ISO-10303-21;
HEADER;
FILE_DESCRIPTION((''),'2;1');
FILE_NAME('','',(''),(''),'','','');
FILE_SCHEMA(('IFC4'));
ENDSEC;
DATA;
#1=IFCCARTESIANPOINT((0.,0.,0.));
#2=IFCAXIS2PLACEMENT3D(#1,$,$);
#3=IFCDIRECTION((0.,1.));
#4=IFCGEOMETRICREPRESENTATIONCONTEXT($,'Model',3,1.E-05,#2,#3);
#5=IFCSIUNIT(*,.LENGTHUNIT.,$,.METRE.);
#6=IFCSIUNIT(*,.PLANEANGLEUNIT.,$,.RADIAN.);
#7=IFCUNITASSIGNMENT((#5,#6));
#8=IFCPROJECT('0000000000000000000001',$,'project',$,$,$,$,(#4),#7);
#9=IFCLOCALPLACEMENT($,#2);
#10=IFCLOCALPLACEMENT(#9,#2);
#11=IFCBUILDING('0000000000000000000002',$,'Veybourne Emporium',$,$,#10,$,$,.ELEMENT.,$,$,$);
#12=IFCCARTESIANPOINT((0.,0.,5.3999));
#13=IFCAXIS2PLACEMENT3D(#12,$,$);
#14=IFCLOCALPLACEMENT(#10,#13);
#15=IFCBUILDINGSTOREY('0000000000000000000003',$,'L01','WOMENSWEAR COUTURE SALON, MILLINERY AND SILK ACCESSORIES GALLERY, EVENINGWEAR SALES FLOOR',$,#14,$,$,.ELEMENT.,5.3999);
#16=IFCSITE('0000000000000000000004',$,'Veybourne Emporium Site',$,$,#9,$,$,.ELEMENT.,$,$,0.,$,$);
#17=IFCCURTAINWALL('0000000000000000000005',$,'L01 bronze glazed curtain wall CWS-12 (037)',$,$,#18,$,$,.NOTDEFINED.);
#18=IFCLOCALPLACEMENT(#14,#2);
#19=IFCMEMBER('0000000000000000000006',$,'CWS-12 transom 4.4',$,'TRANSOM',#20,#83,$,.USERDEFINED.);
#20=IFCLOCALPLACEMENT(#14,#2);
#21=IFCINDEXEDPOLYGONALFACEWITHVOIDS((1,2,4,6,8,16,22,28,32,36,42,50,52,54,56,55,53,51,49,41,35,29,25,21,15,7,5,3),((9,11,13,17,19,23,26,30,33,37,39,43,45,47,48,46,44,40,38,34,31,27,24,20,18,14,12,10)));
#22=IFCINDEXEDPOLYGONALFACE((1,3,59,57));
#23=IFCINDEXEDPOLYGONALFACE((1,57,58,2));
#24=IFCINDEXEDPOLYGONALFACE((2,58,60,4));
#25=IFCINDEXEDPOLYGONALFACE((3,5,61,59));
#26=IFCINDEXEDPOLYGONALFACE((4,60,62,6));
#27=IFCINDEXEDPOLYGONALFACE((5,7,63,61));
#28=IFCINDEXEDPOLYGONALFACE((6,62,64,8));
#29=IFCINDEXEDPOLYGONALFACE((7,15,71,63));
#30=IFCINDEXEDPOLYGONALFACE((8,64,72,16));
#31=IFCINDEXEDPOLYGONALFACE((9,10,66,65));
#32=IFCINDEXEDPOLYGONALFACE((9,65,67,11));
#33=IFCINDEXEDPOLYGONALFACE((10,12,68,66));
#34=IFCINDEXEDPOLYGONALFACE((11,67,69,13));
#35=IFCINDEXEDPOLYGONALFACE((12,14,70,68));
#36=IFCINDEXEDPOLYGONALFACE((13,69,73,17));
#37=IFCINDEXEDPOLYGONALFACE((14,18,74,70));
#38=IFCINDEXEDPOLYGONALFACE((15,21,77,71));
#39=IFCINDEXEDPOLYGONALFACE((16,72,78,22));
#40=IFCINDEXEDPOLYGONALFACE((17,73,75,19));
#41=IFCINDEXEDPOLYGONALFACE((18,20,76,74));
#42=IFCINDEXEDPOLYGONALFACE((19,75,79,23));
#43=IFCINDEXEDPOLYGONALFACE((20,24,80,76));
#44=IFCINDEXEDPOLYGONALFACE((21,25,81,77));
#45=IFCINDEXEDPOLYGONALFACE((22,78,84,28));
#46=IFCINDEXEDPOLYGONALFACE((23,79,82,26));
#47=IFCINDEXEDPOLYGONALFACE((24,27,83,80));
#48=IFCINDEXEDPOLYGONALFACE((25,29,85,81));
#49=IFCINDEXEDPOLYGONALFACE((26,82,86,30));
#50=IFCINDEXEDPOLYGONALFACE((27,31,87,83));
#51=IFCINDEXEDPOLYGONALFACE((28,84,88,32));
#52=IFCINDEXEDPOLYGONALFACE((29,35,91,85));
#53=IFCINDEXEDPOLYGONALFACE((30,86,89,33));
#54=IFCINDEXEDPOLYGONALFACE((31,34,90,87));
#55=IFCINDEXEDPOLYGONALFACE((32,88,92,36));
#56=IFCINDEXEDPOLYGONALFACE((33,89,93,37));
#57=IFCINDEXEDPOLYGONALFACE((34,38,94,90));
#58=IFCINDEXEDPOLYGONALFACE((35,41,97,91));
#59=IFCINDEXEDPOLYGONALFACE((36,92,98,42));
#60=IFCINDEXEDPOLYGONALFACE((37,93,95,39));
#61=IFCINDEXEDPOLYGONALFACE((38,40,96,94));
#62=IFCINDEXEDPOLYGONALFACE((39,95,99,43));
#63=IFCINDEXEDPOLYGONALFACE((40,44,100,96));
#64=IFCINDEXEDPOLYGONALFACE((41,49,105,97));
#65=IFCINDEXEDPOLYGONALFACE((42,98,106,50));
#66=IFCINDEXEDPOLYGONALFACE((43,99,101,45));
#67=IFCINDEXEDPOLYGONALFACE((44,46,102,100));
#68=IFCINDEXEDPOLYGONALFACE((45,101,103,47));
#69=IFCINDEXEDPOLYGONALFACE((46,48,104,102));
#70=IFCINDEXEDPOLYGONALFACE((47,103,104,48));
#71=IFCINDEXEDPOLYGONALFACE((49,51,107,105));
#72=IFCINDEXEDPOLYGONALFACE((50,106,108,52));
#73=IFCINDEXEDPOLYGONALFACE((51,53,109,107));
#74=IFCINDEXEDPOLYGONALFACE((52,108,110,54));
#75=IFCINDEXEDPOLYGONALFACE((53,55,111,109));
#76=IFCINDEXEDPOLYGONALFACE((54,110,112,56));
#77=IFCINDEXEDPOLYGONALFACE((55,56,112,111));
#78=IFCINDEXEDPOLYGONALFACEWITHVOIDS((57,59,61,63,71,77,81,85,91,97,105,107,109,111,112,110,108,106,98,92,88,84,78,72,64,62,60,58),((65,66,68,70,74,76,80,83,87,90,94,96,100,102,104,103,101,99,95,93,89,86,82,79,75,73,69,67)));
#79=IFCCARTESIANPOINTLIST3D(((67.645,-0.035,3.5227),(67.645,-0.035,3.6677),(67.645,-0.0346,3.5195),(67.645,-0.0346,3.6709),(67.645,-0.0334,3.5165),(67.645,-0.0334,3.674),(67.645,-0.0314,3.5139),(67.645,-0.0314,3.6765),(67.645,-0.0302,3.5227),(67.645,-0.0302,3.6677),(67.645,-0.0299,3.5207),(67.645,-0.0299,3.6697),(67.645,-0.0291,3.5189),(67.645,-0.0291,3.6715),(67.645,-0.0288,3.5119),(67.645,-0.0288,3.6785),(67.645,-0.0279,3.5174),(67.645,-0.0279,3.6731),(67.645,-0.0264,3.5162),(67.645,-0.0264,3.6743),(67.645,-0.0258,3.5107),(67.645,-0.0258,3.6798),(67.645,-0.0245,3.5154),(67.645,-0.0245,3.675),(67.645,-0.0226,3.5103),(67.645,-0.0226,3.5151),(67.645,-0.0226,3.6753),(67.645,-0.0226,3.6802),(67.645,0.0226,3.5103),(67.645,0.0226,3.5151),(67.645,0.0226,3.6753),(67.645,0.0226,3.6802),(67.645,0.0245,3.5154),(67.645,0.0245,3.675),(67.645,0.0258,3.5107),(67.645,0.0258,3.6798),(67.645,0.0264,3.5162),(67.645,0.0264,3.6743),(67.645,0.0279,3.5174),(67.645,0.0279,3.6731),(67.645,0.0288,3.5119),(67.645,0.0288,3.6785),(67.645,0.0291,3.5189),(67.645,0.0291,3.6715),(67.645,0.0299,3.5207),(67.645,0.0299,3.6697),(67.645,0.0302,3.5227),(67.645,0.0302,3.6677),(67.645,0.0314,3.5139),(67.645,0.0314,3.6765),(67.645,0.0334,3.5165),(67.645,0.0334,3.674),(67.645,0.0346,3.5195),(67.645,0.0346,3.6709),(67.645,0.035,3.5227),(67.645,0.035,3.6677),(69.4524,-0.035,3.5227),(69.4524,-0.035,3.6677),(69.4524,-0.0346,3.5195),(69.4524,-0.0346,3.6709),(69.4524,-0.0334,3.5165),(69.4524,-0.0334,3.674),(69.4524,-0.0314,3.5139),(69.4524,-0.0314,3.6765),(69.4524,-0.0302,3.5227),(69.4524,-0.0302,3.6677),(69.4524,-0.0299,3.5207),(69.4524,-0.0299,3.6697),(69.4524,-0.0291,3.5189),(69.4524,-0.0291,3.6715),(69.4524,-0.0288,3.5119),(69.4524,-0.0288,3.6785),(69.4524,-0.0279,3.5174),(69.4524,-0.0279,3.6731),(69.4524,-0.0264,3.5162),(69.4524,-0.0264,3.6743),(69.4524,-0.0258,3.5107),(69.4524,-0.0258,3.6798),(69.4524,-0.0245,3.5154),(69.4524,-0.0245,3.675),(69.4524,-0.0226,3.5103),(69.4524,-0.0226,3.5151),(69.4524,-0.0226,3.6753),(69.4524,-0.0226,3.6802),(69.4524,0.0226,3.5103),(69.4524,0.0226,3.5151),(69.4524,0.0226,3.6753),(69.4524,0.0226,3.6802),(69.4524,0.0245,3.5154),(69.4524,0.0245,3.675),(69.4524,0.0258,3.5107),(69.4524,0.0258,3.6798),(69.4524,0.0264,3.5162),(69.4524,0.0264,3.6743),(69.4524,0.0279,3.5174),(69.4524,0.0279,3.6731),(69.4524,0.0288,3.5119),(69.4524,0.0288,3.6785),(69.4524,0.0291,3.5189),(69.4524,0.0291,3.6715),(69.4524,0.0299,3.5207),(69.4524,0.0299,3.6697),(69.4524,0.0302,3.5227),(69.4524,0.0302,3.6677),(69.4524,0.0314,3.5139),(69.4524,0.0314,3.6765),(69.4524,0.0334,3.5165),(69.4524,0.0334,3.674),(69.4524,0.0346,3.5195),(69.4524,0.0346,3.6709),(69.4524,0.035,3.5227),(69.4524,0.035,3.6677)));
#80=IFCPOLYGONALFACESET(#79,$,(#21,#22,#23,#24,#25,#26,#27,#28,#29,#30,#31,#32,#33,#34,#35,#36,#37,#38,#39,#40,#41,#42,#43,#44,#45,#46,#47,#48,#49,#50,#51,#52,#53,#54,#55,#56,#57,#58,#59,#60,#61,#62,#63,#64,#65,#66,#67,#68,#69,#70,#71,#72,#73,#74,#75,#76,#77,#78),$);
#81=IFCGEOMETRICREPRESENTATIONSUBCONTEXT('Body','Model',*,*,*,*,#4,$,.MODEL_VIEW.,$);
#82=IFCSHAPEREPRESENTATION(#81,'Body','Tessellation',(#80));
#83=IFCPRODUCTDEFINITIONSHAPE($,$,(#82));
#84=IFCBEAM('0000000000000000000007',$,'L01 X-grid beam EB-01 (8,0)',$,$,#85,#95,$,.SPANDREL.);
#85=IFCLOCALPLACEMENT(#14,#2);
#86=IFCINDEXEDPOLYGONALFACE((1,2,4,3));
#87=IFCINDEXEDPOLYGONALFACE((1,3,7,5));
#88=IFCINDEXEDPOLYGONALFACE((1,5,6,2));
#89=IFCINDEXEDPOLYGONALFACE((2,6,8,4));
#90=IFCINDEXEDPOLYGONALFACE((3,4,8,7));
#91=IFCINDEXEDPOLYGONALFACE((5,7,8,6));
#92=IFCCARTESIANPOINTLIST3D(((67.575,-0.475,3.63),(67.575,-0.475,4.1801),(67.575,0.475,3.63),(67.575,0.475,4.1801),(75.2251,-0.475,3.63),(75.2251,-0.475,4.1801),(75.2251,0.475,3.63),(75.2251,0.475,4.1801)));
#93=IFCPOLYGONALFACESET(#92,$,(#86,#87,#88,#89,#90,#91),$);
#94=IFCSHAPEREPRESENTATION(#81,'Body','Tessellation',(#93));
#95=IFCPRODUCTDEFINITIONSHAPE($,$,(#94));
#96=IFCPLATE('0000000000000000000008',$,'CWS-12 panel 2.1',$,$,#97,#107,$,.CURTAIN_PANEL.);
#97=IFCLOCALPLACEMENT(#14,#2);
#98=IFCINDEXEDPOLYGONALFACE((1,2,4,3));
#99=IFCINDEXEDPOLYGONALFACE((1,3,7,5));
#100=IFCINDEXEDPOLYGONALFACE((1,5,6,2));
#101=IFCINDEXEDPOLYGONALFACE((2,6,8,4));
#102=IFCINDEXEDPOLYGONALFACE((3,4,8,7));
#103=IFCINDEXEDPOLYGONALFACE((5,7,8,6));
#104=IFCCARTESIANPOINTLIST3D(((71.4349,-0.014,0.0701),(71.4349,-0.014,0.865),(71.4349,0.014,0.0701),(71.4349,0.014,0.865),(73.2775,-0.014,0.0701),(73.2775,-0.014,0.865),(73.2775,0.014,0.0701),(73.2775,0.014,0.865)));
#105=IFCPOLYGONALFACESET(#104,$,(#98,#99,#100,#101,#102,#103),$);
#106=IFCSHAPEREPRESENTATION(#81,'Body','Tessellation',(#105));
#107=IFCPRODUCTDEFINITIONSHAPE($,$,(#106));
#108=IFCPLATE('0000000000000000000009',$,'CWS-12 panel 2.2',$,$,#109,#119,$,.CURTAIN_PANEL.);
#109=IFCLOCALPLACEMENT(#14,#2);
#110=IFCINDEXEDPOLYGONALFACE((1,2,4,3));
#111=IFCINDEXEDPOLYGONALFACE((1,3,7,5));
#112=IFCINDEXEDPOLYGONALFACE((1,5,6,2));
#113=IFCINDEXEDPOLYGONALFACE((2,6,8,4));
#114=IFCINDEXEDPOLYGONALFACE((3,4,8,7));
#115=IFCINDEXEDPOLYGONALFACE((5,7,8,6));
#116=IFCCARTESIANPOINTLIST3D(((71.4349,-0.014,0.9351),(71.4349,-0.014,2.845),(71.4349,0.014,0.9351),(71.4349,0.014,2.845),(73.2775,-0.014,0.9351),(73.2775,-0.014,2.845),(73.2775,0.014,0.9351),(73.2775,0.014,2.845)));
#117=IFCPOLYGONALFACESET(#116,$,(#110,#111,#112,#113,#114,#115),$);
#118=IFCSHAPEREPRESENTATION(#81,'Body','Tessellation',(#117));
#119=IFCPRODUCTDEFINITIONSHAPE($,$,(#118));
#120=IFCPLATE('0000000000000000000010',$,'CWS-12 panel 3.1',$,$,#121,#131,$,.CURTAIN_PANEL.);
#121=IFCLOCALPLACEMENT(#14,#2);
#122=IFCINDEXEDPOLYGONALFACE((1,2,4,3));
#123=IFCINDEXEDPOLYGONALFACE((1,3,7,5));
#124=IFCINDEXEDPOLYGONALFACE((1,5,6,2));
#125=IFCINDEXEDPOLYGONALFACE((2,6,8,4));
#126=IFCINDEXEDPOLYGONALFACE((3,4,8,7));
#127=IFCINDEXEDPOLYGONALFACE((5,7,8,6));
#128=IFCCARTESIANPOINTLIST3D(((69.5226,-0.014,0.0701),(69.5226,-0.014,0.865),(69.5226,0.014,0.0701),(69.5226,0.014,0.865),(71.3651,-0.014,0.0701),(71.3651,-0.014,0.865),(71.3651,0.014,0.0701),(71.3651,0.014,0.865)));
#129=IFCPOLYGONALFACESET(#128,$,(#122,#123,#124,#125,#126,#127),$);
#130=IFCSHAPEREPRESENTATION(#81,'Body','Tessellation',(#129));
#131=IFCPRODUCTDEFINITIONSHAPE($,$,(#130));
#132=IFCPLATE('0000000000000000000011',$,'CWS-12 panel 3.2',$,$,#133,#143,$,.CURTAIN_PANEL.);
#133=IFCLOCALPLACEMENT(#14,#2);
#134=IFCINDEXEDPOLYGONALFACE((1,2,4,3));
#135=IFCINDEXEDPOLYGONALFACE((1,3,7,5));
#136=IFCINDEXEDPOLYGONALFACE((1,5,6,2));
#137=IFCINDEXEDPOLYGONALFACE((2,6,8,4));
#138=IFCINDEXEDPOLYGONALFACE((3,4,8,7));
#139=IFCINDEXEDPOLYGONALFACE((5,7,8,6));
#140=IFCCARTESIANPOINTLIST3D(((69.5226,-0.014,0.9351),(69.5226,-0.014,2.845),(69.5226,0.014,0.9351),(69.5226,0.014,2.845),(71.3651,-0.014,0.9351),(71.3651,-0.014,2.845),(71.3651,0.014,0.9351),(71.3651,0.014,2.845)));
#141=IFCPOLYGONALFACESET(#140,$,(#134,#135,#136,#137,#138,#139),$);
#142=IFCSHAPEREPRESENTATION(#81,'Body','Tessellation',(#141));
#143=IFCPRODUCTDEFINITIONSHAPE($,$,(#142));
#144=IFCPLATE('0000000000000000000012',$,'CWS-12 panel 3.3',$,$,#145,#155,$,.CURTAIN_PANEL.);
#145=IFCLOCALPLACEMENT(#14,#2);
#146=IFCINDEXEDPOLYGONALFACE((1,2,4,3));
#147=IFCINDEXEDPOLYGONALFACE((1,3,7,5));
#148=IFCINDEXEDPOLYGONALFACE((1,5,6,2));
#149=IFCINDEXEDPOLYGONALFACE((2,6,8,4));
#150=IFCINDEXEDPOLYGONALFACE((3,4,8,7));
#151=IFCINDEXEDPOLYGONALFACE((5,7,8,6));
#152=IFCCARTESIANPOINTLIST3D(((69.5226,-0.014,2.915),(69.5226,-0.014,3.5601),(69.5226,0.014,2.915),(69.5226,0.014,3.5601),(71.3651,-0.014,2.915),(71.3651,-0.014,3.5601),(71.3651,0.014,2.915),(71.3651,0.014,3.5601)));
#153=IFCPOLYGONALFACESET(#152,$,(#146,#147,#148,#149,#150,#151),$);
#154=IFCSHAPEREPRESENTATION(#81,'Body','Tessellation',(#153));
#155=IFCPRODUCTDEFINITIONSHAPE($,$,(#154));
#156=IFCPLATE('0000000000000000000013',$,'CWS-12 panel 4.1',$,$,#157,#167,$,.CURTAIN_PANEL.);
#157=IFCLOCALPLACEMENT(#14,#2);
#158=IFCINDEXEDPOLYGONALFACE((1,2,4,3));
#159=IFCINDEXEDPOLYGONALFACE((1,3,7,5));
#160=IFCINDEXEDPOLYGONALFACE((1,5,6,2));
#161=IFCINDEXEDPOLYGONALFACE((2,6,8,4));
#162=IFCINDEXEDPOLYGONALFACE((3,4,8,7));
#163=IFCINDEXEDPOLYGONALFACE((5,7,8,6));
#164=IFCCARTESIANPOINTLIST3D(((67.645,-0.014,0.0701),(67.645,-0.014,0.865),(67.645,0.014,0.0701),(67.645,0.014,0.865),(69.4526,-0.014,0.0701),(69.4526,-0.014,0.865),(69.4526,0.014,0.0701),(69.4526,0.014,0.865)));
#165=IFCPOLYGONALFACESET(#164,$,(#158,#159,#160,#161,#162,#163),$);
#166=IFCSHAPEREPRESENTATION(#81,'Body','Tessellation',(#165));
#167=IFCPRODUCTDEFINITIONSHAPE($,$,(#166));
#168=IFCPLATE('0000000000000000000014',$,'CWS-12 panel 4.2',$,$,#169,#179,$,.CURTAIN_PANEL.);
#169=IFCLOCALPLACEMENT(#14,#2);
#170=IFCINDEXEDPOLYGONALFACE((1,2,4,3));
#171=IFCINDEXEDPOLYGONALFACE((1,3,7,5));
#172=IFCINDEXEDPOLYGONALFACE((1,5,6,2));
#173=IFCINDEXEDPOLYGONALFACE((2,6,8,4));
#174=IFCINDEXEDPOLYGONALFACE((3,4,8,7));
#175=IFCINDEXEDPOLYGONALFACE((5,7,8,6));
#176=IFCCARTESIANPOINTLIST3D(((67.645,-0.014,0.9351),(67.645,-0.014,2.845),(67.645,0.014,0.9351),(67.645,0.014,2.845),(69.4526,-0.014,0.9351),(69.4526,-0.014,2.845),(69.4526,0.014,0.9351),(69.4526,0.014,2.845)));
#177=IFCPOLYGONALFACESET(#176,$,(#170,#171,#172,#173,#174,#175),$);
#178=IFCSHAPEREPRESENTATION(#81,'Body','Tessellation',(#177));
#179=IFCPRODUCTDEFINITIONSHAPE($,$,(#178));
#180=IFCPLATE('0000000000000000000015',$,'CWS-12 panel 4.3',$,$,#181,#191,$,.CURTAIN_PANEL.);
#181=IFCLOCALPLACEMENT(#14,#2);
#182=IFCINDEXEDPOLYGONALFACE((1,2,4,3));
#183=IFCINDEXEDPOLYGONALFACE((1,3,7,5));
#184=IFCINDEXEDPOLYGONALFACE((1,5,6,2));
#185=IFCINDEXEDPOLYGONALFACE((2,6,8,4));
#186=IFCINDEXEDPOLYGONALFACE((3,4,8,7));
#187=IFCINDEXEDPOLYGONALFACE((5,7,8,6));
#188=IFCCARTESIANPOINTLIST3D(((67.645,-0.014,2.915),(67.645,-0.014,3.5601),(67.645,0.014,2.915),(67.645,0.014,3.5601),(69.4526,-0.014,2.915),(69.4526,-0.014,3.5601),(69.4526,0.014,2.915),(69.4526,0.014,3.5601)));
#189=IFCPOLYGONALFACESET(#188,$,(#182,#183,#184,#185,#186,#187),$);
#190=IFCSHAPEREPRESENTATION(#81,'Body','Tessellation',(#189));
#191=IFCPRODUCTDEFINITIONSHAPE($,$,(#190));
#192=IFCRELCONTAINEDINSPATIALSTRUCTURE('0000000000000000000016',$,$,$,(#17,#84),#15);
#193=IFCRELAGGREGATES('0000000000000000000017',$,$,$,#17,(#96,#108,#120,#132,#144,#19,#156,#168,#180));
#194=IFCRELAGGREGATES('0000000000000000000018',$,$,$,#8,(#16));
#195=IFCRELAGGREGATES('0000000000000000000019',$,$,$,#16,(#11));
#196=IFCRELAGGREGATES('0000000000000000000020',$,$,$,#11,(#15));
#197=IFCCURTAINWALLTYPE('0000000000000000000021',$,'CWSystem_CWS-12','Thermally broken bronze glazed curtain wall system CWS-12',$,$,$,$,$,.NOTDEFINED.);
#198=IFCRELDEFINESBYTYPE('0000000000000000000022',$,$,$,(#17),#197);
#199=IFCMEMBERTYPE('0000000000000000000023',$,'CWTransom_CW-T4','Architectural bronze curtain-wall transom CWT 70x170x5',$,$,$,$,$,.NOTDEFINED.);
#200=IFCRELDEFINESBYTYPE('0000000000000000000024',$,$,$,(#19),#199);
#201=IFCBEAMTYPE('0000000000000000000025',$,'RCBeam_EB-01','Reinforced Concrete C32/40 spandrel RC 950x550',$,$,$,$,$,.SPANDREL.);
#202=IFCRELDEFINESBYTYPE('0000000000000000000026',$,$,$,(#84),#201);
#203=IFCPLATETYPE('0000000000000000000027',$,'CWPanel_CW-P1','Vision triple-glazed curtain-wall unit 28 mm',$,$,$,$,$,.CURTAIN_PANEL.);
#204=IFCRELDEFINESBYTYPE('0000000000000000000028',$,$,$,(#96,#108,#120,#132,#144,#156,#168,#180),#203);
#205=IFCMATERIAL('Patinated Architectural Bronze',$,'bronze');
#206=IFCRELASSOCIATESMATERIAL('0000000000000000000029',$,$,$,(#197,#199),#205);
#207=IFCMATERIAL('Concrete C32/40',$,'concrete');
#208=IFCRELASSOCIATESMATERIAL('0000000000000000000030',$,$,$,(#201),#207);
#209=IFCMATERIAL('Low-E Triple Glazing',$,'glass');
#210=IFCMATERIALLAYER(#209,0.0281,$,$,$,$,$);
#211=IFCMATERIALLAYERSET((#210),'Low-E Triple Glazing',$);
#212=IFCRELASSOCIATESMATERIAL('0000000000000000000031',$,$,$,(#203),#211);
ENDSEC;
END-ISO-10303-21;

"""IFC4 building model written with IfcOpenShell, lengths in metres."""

from ifc_helpers import new_model, si_unit, direction, frame, origin, origin_2d, place, context, subcontext, project, spatial, rectangle, hollow_rectangle, extrude, material, layer, layer_set, material_profile, profile_set, type_object, element, aggregate, save


model = new_model("IFC4")

# Units and contexts
model_context = context("Model", 3, precision=1e-05, world=origin(), true_north=direction((0.0, 1.0)))
body_context = subcontext(model_context, "Body", "Model", "MODEL_VIEW")
ifc_project = project(units=[si_unit("LENGTHUNIT", "METRE"), si_unit("PLANEANGLEUNIT", "RADIAN")], contexts=[model_context])

# Site, building, storey
site_placement = place(None, origin())
site = spatial("IfcSite", under=ifc_project, at=site_placement, Name="Veybourne Emporium Site", CompositionType="ELEMENT", RefElevation=0.0)
building_placement = place(site_placement, origin())
building = spatial("IfcBuilding", under=site, at=building_placement, Name="Veybourne Emporium", CompositionType="ELEMENT")
storey_placement = place(building_placement, frame((0.0, 0.0, 5.3999)))
storey = spatial("IfcBuildingStorey", under=building, at=storey_placement, Name="L01", Description="WOMENSWEAR COUTURE SALON, MILLINERY AND SILK ACCESSORIES GALLERY, EVENINGWEAR SALES FLOOR", CompositionType="ELEMENT", Elevation=5.3999)

# Curtain wall, member
ifc_material_1 = material(Name="Patinated Architectural Bronze", Category="bronze")
curtain_wall_type = type_object("IfcCurtainWallType", Name="CWSystem_CWS-12", Description="Thermally broken bronze glazed curtain wall system CWS-12", PredefinedType="NOTDEFINED", material=ifc_material_1)
curtain_wall_placement = place(storey_placement, origin())
curtain_wall = element("IfcCurtainWall", 1, at=curtain_wall_placement, inside=storey, type_object=curtain_wall_type, Name="L01 bronze glazed curtain wall CWS-12 (037)", PredefinedType="NOTDEFINED")
ifc_material_profile_1 = material_profile(ifc_material_1, hollow_rectangle(XDim=0.0701, YDim=0.1699, WallThickness=0.0049, InnerFilletRadius=0.0076, OuterFilletRadius=0.0125, at=origin_2d()), Name="CWT 70x170x5")
ifc_profile_set_1 = profile_set([ifc_material_profile_1], Name="Patinated Architectural Bronze")
member_type_1 = type_object("IfcMemberType", Name="CWTransom_CW-T4", Description="Architectural bronze curtain-wall transom CWT 70x170x5", PredefinedType="NOTDEFINED", material=ifc_profile_set_1)
member_1_placement = place(storey_placement, frame((69.4524, 0.0, 3.5952), z_axis=(-1.0, 0.0, 0.0), x_axis=(0.0, -1.0, 0.0)))
member_1 = element("IfcMember", 2, at=member_1_placement, type_object=member_type_1, Name="CWS-12 transom 4.4", ObjectType="TRANSOM", PredefinedType="USERDEFINED", context=body_context, shape_type="SweptSolid", body=[
    extrude(hollow_rectangle(XDim=0.0701, YDim=0.1699, WallThickness=0.0049, InnerFilletRadius=0.0076, OuterFilletRadius=0.0125, at=origin_2d()), origin(), (0.0, 0.0, 1.0), 1.8074),
])

# Beam
ifc_material_2 = material(Name="Concrete C32/40", Category="concrete")
ifc_material_profile_2 = material_profile(ifc_material_2, rectangle(XDim=0.95, YDim=0.55, at=origin_2d()), Name="RC 950x550")
ifc_profile_set_2 = profile_set([ifc_material_profile_2], Name="Concrete C32/40")
beam_type = type_object("IfcBeamType", Name="RCBeam_EB-01", Description="Reinforced Concrete C32/40 spandrel RC 950x550", PredefinedType="SPANDREL", material=ifc_profile_set_2)
beam_placement = place(storey_placement, frame((67.575, 0.0, 3.905), z_axis=(1.0, 0.0, 0.0), x_axis=(0.0, 1.0, 0.0)))
element("IfcBeam", 3, at=beam_placement, inside=storey, type_object=beam_type, Name="L01 X-grid beam EB-01 (8,0)", PredefinedType="SPANDREL", context=body_context, shape_type="SweptSolid", body=[
    extrude(rectangle(XDim=0.95, YDim=0.55, at=origin_2d()), origin(), (0.0, 0.0, 1.0), 7.6501),
])

# Plates
ifc_material_3 = material(Name="Low-E Triple Glazing", Category="glass")
ifc_layer = layer(ifc_material_3, 0.0281)
ifc_layer_set = layer_set([ifc_layer], Name="Low-E Triple Glazing")
plate_type = type_object("IfcPlateType", Name="CWPanel_CW-P1", Description="Vision triple-glazed curtain-wall unit 28 mm", PredefinedType="CURTAIN_PANEL", material=ifc_layer_set)
plate_1_placement = place(storey_placement, frame((72.3562, 0.0, 0.0701), z_axis=(0.0, 0.0, 1.0), x_axis=(-1.0, 0.0, 0.0)))
plate_1 = element("IfcPlate", 4, at=plate_1_placement, type_object=plate_type, Name="CWS-12 panel 2.1", PredefinedType="CURTAIN_PANEL", context=body_context, shape_type="SweptSolid", body=[
    extrude(rectangle(XDim=1.8425, YDim=0.0281, at=origin_2d()), origin(), (0.0, 0.0, 1.0), 0.7949),
])
plate_2_placement = place(storey_placement, frame((72.3562, 0.0, 0.9351), z_axis=(0.0, 0.0, 1.0), x_axis=(-1.0, 0.0, 0.0)))
plate_2 = element("IfcPlate", 5, at=plate_2_placement, type_object=plate_type, Name="CWS-12 panel 2.2", PredefinedType="CURTAIN_PANEL", context=body_context, shape_type="SweptSolid", body=[
    extrude(rectangle(XDim=1.8425, YDim=0.0281, at=origin_2d()), origin(), (0.0, 0.0, 1.0), 1.9099),
])
plate_3_placement = place(storey_placement, frame((70.4438, 0.0, 0.0701), z_axis=(0.0, 0.0, 1.0), x_axis=(-1.0, 0.0, 0.0)))
plate_3 = element("IfcPlate", 6, at=plate_3_placement, type_object=plate_type, Name="CWS-12 panel 3.1", PredefinedType="CURTAIN_PANEL", context=body_context, shape_type="SweptSolid", body=[
    extrude(rectangle(XDim=1.8425, YDim=0.0281, at=origin_2d()), origin(), (0.0, 0.0, 1.0), 0.7949),
])
plate_4_placement = place(storey_placement, frame((70.4438, 0.0, 0.9351), z_axis=(0.0, 0.0, 1.0), x_axis=(-1.0, 0.0, 0.0)))
plate_4 = element("IfcPlate", 7, at=plate_4_placement, type_object=plate_type, Name="CWS-12 panel 3.2", PredefinedType="CURTAIN_PANEL", context=body_context, shape_type="SweptSolid", body=[
    extrude(rectangle(XDim=1.8425, YDim=0.0281, at=origin_2d()), origin(), (0.0, 0.0, 1.0), 1.9099),
])
plate_5_placement = place(storey_placement, frame((70.4438, 0.0, 2.915), z_axis=(0.0, 0.0, 1.0), x_axis=(-1.0, 0.0, 0.0)))
plate_5 = element("IfcPlate", 8, at=plate_5_placement, type_object=plate_type, Name="CWS-12 panel 3.3", PredefinedType="CURTAIN_PANEL", context=body_context, shape_type="SweptSolid", body=[
    extrude(rectangle(XDim=1.8425, YDim=0.0281, at=origin_2d()), origin(), (0.0, 0.0, 1.0), 0.645),
])
plate_6_placement = place(storey_placement, frame((68.5488, 0.0, 0.0701), z_axis=(0.0, 0.0, 1.0), x_axis=(-1.0, 0.0, 0.0)))
plate_6 = element("IfcPlate", 9, at=plate_6_placement, type_object=plate_type, Name="CWS-12 panel 4.1", PredefinedType="CURTAIN_PANEL", context=body_context, shape_type="SweptSolid", body=[
    extrude(rectangle(XDim=1.8076, YDim=0.0281, at=origin_2d()), origin(), (0.0, 0.0, 1.0), 0.7949),
])
plate_7_placement = place(storey_placement, frame((68.5488, 0.0, 0.9351), z_axis=(0.0, 0.0, 1.0), x_axis=(-1.0, 0.0, 0.0)))
plate_7 = element("IfcPlate", 10, at=plate_7_placement, type_object=plate_type, Name="CWS-12 panel 4.2", PredefinedType="CURTAIN_PANEL", context=body_context, shape_type="SweptSolid", body=[
    extrude(rectangle(XDim=1.8076, YDim=0.0281, at=origin_2d()), origin(), (0.0, 0.0, 1.0), 1.9099),
])
plate_8_placement = place(storey_placement, frame((68.5488, 0.0, 2.915), z_axis=(0.0, 0.0, 1.0), x_axis=(-1.0, 0.0, 0.0)))
plate_8 = element("IfcPlate", 11, at=plate_8_placement, type_object=plate_type, Name="CWS-12 panel 4.3", PredefinedType="CURTAIN_PANEL", context=body_context, shape_type="SweptSolid", body=[
    extrude(rectangle(XDim=1.8076, YDim=0.0281, at=origin_2d()), origin(), (0.0, 0.0, 1.0), 0.645),
])
aggregate(curtain_wall, [plate_1, plate_2, plate_3, plate_4, plate_5, member_1, plate_6, plate_7, plate_8])

save(model, "model.ifc")
